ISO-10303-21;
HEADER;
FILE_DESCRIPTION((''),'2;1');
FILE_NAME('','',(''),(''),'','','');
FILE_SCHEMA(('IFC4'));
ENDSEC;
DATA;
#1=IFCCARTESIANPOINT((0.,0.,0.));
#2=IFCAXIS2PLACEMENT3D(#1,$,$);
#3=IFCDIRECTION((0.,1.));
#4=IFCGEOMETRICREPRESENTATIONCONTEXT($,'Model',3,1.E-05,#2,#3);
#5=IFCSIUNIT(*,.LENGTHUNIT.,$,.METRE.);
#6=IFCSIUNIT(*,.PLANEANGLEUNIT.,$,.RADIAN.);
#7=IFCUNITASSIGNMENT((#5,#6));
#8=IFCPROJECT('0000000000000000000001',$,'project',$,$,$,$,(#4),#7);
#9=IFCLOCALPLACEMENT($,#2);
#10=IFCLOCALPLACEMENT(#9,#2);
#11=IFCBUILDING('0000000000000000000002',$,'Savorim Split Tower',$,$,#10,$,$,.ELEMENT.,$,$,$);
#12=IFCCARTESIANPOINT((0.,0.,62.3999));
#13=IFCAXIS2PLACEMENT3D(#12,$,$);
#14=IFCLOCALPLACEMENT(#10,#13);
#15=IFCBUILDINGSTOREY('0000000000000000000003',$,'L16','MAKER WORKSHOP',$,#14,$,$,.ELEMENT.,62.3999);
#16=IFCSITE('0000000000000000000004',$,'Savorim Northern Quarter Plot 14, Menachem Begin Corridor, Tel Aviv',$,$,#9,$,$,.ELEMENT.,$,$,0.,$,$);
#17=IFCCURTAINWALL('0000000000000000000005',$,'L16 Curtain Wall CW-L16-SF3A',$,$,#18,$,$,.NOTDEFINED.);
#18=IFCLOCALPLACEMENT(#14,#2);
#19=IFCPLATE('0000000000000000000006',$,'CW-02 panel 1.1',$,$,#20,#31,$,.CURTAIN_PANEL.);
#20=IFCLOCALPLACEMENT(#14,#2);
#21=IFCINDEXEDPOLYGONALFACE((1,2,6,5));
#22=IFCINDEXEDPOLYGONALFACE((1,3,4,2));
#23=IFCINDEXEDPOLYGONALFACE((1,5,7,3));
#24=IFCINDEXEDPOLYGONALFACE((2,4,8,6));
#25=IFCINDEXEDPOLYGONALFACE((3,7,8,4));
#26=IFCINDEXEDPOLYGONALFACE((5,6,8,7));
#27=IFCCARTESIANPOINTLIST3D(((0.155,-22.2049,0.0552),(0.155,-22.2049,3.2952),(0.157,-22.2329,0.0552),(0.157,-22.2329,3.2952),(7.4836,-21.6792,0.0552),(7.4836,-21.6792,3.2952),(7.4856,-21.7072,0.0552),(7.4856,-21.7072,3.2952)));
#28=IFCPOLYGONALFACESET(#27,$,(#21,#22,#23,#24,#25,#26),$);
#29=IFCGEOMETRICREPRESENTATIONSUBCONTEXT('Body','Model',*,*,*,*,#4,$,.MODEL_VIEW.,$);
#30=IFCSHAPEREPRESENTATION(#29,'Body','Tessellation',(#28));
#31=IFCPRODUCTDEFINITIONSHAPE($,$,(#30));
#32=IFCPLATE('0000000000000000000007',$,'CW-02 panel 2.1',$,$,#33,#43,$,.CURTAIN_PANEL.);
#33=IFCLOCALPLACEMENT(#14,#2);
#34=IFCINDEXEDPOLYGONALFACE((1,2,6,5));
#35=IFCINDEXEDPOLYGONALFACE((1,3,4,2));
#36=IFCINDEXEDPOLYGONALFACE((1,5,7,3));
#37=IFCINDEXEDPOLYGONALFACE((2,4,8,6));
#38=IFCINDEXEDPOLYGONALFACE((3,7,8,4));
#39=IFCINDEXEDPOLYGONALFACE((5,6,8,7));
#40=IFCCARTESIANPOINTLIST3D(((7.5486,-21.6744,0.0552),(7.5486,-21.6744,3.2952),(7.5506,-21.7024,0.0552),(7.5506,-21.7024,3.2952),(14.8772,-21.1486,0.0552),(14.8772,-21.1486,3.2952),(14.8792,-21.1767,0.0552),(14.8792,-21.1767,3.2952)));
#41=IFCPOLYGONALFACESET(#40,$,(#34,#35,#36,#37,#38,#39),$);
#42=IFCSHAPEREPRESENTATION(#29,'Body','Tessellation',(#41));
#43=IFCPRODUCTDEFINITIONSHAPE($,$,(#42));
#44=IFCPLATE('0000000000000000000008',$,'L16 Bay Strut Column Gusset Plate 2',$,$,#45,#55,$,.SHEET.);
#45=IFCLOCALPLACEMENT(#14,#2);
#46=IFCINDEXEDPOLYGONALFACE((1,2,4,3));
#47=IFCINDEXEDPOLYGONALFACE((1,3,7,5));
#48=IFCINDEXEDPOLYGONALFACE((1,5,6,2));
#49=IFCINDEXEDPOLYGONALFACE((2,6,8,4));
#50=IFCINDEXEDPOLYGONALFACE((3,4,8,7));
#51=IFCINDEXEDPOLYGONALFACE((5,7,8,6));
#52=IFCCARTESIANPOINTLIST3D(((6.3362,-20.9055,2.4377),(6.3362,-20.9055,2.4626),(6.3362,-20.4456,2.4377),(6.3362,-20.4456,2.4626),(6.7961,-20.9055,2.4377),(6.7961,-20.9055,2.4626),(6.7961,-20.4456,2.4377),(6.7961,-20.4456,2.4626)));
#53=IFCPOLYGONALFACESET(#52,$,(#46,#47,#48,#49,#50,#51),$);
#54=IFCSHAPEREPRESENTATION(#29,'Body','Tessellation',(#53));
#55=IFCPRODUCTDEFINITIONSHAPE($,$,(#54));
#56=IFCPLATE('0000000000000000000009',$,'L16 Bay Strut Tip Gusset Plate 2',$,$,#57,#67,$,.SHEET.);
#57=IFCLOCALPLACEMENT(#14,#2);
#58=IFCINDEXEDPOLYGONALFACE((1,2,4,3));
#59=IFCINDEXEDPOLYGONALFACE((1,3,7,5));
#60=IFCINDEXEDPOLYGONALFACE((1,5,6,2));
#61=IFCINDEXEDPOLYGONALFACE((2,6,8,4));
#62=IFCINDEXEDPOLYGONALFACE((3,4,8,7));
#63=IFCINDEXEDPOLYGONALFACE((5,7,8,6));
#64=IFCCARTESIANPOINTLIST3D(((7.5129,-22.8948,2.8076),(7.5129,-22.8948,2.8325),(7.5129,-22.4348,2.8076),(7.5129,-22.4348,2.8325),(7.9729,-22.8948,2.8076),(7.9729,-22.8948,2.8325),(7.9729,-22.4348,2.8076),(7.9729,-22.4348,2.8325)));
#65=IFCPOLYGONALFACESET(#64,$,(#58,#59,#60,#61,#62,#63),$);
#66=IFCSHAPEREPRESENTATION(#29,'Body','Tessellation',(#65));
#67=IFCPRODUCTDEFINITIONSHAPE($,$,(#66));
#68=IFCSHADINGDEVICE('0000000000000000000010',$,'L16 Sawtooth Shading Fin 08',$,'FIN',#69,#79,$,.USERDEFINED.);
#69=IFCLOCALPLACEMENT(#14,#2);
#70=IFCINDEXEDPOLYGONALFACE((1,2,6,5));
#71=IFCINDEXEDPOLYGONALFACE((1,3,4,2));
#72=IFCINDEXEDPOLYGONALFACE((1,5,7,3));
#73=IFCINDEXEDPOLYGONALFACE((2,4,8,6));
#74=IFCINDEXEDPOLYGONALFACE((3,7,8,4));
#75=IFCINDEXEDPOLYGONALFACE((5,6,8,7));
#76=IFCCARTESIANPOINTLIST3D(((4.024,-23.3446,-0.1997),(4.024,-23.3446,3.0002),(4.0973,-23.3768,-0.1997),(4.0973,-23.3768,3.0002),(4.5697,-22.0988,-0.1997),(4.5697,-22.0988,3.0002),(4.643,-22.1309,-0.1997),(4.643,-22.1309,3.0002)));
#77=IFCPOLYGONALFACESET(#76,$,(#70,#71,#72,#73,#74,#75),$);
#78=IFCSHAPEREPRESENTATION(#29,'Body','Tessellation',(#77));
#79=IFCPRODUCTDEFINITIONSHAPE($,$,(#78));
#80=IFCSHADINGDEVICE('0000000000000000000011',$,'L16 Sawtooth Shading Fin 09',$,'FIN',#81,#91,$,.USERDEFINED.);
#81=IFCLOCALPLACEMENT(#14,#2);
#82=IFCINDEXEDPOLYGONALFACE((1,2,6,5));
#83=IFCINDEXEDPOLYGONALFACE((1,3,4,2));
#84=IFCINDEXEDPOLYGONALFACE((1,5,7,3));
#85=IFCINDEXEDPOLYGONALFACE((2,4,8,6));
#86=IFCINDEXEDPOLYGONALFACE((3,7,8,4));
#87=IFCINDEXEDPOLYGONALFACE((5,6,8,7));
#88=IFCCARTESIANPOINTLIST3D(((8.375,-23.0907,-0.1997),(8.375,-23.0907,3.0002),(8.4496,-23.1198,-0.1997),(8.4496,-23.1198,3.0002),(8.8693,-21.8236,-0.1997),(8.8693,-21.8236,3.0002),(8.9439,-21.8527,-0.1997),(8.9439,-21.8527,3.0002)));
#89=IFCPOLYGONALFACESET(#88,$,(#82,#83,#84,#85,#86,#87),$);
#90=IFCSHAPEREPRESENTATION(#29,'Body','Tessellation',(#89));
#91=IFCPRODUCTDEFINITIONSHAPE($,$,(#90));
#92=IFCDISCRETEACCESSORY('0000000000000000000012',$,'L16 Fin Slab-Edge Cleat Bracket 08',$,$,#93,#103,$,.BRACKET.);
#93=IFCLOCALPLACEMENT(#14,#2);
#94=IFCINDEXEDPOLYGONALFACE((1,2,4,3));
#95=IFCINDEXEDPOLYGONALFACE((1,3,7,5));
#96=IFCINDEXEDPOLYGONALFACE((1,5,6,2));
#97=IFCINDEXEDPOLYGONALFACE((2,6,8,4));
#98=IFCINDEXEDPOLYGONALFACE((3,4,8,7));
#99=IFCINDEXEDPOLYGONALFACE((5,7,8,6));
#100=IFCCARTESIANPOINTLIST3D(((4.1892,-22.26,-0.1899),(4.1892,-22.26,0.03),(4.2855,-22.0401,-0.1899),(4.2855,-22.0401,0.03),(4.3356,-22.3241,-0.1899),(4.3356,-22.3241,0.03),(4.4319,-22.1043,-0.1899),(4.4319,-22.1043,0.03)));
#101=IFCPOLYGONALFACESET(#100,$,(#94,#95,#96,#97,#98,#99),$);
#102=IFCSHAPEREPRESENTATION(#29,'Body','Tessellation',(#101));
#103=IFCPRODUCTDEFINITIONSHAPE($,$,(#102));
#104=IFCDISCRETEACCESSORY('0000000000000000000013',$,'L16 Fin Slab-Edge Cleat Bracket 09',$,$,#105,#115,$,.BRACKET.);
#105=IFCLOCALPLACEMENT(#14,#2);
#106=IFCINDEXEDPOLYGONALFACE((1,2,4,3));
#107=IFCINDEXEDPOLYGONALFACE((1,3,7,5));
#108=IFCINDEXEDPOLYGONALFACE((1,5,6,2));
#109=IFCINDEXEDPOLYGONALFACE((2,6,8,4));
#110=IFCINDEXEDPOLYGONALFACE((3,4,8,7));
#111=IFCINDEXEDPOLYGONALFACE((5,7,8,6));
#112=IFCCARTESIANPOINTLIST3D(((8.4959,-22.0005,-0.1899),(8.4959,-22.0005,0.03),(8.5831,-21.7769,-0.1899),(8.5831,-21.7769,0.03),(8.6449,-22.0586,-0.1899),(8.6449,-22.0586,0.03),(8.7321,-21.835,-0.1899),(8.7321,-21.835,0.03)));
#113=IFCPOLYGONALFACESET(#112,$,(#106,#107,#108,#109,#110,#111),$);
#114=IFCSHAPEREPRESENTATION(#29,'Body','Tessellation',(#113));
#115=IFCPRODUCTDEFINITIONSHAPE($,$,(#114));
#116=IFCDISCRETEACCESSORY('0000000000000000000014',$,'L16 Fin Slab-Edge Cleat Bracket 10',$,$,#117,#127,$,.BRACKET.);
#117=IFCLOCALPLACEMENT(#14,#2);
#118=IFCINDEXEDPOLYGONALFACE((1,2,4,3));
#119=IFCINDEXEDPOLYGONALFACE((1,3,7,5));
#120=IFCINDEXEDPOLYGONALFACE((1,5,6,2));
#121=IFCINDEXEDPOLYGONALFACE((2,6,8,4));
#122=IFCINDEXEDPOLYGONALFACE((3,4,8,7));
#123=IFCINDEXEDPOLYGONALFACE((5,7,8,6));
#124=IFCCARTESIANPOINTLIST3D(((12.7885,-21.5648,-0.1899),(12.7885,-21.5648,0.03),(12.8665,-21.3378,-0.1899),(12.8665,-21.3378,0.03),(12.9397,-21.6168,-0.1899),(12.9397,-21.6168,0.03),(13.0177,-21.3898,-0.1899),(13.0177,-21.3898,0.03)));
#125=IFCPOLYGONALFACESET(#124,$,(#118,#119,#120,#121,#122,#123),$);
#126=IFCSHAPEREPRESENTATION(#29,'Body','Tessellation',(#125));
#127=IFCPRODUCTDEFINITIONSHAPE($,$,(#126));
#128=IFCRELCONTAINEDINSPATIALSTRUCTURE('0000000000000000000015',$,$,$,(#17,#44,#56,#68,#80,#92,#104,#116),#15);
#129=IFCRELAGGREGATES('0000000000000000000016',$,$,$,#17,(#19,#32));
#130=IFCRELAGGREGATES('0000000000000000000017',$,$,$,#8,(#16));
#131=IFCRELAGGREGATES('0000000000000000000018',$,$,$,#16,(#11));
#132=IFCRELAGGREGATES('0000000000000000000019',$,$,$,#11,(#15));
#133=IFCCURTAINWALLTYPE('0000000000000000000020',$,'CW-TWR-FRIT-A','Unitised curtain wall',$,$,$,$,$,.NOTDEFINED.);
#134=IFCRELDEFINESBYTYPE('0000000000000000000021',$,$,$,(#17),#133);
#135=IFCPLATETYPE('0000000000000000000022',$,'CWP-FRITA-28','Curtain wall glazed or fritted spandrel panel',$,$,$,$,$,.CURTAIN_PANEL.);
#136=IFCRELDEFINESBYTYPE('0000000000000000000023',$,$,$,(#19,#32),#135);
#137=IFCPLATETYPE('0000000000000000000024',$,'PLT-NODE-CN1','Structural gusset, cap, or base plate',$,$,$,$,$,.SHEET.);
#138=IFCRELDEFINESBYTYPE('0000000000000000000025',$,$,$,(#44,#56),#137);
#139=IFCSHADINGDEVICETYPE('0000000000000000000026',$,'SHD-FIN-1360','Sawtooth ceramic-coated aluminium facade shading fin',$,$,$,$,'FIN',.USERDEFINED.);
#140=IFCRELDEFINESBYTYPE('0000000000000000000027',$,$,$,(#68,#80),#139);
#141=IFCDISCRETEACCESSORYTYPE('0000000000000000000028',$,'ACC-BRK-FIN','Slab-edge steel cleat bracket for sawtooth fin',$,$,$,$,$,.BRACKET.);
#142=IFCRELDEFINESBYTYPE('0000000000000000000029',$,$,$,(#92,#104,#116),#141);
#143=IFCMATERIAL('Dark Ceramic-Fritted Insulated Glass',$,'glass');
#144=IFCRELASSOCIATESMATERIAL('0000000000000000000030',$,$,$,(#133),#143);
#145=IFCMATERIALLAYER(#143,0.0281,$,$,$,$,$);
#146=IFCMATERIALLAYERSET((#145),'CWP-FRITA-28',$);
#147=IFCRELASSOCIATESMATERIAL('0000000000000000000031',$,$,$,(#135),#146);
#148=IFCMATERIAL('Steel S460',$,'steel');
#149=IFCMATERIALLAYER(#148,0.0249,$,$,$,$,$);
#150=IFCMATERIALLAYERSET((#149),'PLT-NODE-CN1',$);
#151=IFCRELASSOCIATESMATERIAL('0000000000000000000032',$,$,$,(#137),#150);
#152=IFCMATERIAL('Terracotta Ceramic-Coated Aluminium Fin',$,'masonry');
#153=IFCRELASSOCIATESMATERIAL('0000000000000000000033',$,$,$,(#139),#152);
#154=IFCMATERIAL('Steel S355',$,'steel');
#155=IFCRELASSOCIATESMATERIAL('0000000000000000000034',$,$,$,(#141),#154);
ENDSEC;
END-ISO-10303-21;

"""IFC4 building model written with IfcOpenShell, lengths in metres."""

from ifc_helpers import new_model, si_unit, direction, frame, origin, origin_2d, place, context, subcontext, project, spatial, rectangle, extrude, material, layer, layer_set, type_object, element, aggregate, save


model = new_model("IFC4")

# Units and contexts
model_context = context("Model", 3, precision=1e-05, world=origin(), true_north=direction((0.0, 1.0)))
body_context = subcontext(model_context, "Body", "Model", "MODEL_VIEW")
ifc_project = project(units=[si_unit("LENGTHUNIT", "METRE"), si_unit("PLANEANGLEUNIT", "RADIAN")], contexts=[model_context])

# Site, building, storey
site_placement = place(None, origin())
site = spatial("IfcSite", under=ifc_project, at=site_placement, Name="Savorim Northern Quarter Plot 14, Menachem Begin Corridor, Tel Aviv", CompositionType="ELEMENT", RefElevation=0.0)
building_placement = place(site_placement, origin())
building = spatial("IfcBuilding", under=site, at=building_placement, Name="Savorim Split Tower", CompositionType="ELEMENT")
storey_placement = place(building_placement, frame((0.0, 0.0, 62.3999)))
storey = spatial("IfcBuildingStorey", under=building, at=storey_placement, Name="L16", Description="MAKER WORKSHOP", CompositionType="ELEMENT", Elevation=62.3999)

# Shared definitions
ifc_material_1 = material(Name="Steel S460", Category="steel")

# Shared definitions
ifc_material_2 = material(Name="Steel S355", Category="steel")

# Curtain wall
ifc_material_3 = material(Name="Dark Ceramic-Fritted Insulated Glass", Category="glass")
curtain_wall_type = type_object("IfcCurtainWallType", Name="CW-TWR-FRIT-A", Description="Unitised curtain wall", PredefinedType="NOTDEFINED", material=ifc_material_3)
curtain_wall_placement = place(storey_placement, origin())
curtain_wall = element("IfcCurtainWall", 1, at=curtain_wall_placement, inside=storey, type_object=curtain_wall_type, Name="L16 Curtain Wall CW-L16-SF3A", PredefinedType="NOTDEFINED")

# Plates
ifc_layer_1 = layer(ifc_material_3, 0.0281)
ifc_layer_set_1 = layer_set([ifc_layer_1], Name="CWP-FRITA-28")
plate_type_1 = type_object("IfcPlateType", Name="CWP-FRITA-28", Description="Curtain wall glazed or fritted spandrel panel", PredefinedType="CURTAIN_PANEL", material=ifc_layer_set_1)
plate_1_placement = place(storey_placement, frame((3.8203, -21.9561, 0.0552), z_axis=(0.0, 0.0, 1.0), x_axis=(0.997436, 0.071559, 0.0)))
plate_1 = element("IfcPlate", 2, at=plate_1_placement, type_object=plate_type_1, Name="CW-02 panel 1.1", PredefinedType="CURTAIN_PANEL", context=body_context, shape_type="SweptSolid", body=[
    extrude(rectangle(XDim=7.3474, YDim=0.0281, at=origin_2d()), origin(), (0.0, 0.0, 1.0), 3.24),
])
plate_2_placement = place(storey_placement, frame((11.2139, -21.4255, 0.0552), z_axis=(0.0, 0.0, 1.0), x_axis=(0.997436, 0.071559, 0.0)))
plate_2 = element("IfcPlate", 3, at=plate_2_placement, type_object=plate_type_1, Name="CW-02 panel 2.1", PredefinedType="CURTAIN_PANEL", context=body_context, shape_type="SweptSolid", body=[
    extrude(rectangle(XDim=7.3474, YDim=0.0281, at=origin_2d()), origin(), (0.0, 0.0, 1.0), 3.24),
])
aggregate(curtain_wall, [plate_1, plate_2])

# Plates
ifc_layer_2 = layer(ifc_material_1, 0.0249)
ifc_layer_set_2 = layer_set([ifc_layer_2], Name="PLT-NODE-CN1")
plate_type_2 = type_object("IfcPlateType", Name="PLT-NODE-CN1", Description="Structural gusset, cap, or base plate", PredefinedType="SHEET", material=ifc_layer_set_2)
for number, where, z_axis, x_axis, name in (
    (4, (6.5662, -20.6755, 2.4377), (0.0, 0.0, 1.0), (1.0, 0.0, 0.0), "L16 Bay Strut Column Gusset Plate 2"),
    (5, (7.7429, -22.6648, 2.8076), (0.0, 0.0, 1.0), (1.0, 0.0, 0.0), "L16 Bay Strut Tip Gusset Plate 2"),
):
    element("IfcPlate", number, at=place(storey_placement, frame(where, z_axis=z_axis, x_axis=x_axis)), inside=storey, type_object=plate_type_2, Name=name, PredefinedType="SHEET", context=body_context, shape_type="SweptSolid", body=[
        extrude(rectangle(XDim=0.46, YDim=0.46, at=origin_2d()), origin(), (0.0, 0.0, 1.0), 0.0249),
    ])

# Shading devices
ifc_material_4 = material(Name="Terracotta Ceramic-Coated Aluminium Fin", Category="masonry")
shading_device_type = type_object("IfcShadingDeviceType", Name="SHD-FIN-1360", Description="Sawtooth ceramic-coated aluminium facade shading fin", ElementType="FIN", PredefinedType="USERDEFINED", material=ifc_material_4)
for number, where, z_axis, x_axis, name in (
    (6, (4.3335, -22.7378, -0.1997), (0.0, 0.0, 1.0), (-0.40123, -0.915977, 0.0), "L16 Sawtooth Shading Fin 08"),
    (7, (8.6594, -22.4717, -0.1997), (0.0, 0.0, 1.0), (-0.363415, -0.931627, 0.0), "L16 Sawtooth Shading Fin 09"),
):
    element("IfcShadingDevice", number, at=place(storey_placement, frame(where, z_axis=z_axis, x_axis=x_axis)), inside=storey, type_object=shading_device_type, Name=name, ObjectType="FIN", PredefinedType="USERDEFINED", context=body_context, shape_type="SweptSolid", body=[
        extrude(rectangle(XDim=1.3601, YDim=0.0801, at=origin_2d()), origin(), (0.0, 0.0, 1.0), 3.2),
    ])

# Discrete accessories
discrete_accessory_type = type_object("IfcDiscreteAccessoryType", Name="ACC-BRK-FIN", Description="Slab-edge steel cleat bracket for sawtooth fin", PredefinedType="BRACKET", material=ifc_material_2)
for number, where, z_axis, x_axis, name in (
    (8, (4.3105, -22.1821, -0.1899), (0.0, 0.0, 1.0), (-0.40123, -0.915977, 0.0), "L16 Fin Slab-Edge Cleat Bracket 08"),
    (9, (8.614, -21.9177, -0.1899), (0.0, 0.0, 1.0), (-0.363415, -0.931627, 0.0), "L16 Fin Slab-Edge Cleat Bracket 09"),
    (10, (12.9031, -21.4773, -0.1899), (0.0, 0.0, 1.0), (-0.324994, -0.945716, 0.0), "L16 Fin Slab-Edge Cleat Bracket 10"),
):
    element("IfcDiscreteAccessory", number, at=place(storey_placement, frame(where, z_axis=z_axis, x_axis=x_axis)), inside=storey, type_object=discrete_accessory_type, Name=name, PredefinedType="BRACKET", context=body_context, shape_type="SweptSolid", body=[
        extrude(rectangle(XDim=0.24, YDim=0.1599, at=origin_2d()), origin(), (0.0, 0.0, 1.0), 0.22),
    ])

save(model, "model.ifc")
